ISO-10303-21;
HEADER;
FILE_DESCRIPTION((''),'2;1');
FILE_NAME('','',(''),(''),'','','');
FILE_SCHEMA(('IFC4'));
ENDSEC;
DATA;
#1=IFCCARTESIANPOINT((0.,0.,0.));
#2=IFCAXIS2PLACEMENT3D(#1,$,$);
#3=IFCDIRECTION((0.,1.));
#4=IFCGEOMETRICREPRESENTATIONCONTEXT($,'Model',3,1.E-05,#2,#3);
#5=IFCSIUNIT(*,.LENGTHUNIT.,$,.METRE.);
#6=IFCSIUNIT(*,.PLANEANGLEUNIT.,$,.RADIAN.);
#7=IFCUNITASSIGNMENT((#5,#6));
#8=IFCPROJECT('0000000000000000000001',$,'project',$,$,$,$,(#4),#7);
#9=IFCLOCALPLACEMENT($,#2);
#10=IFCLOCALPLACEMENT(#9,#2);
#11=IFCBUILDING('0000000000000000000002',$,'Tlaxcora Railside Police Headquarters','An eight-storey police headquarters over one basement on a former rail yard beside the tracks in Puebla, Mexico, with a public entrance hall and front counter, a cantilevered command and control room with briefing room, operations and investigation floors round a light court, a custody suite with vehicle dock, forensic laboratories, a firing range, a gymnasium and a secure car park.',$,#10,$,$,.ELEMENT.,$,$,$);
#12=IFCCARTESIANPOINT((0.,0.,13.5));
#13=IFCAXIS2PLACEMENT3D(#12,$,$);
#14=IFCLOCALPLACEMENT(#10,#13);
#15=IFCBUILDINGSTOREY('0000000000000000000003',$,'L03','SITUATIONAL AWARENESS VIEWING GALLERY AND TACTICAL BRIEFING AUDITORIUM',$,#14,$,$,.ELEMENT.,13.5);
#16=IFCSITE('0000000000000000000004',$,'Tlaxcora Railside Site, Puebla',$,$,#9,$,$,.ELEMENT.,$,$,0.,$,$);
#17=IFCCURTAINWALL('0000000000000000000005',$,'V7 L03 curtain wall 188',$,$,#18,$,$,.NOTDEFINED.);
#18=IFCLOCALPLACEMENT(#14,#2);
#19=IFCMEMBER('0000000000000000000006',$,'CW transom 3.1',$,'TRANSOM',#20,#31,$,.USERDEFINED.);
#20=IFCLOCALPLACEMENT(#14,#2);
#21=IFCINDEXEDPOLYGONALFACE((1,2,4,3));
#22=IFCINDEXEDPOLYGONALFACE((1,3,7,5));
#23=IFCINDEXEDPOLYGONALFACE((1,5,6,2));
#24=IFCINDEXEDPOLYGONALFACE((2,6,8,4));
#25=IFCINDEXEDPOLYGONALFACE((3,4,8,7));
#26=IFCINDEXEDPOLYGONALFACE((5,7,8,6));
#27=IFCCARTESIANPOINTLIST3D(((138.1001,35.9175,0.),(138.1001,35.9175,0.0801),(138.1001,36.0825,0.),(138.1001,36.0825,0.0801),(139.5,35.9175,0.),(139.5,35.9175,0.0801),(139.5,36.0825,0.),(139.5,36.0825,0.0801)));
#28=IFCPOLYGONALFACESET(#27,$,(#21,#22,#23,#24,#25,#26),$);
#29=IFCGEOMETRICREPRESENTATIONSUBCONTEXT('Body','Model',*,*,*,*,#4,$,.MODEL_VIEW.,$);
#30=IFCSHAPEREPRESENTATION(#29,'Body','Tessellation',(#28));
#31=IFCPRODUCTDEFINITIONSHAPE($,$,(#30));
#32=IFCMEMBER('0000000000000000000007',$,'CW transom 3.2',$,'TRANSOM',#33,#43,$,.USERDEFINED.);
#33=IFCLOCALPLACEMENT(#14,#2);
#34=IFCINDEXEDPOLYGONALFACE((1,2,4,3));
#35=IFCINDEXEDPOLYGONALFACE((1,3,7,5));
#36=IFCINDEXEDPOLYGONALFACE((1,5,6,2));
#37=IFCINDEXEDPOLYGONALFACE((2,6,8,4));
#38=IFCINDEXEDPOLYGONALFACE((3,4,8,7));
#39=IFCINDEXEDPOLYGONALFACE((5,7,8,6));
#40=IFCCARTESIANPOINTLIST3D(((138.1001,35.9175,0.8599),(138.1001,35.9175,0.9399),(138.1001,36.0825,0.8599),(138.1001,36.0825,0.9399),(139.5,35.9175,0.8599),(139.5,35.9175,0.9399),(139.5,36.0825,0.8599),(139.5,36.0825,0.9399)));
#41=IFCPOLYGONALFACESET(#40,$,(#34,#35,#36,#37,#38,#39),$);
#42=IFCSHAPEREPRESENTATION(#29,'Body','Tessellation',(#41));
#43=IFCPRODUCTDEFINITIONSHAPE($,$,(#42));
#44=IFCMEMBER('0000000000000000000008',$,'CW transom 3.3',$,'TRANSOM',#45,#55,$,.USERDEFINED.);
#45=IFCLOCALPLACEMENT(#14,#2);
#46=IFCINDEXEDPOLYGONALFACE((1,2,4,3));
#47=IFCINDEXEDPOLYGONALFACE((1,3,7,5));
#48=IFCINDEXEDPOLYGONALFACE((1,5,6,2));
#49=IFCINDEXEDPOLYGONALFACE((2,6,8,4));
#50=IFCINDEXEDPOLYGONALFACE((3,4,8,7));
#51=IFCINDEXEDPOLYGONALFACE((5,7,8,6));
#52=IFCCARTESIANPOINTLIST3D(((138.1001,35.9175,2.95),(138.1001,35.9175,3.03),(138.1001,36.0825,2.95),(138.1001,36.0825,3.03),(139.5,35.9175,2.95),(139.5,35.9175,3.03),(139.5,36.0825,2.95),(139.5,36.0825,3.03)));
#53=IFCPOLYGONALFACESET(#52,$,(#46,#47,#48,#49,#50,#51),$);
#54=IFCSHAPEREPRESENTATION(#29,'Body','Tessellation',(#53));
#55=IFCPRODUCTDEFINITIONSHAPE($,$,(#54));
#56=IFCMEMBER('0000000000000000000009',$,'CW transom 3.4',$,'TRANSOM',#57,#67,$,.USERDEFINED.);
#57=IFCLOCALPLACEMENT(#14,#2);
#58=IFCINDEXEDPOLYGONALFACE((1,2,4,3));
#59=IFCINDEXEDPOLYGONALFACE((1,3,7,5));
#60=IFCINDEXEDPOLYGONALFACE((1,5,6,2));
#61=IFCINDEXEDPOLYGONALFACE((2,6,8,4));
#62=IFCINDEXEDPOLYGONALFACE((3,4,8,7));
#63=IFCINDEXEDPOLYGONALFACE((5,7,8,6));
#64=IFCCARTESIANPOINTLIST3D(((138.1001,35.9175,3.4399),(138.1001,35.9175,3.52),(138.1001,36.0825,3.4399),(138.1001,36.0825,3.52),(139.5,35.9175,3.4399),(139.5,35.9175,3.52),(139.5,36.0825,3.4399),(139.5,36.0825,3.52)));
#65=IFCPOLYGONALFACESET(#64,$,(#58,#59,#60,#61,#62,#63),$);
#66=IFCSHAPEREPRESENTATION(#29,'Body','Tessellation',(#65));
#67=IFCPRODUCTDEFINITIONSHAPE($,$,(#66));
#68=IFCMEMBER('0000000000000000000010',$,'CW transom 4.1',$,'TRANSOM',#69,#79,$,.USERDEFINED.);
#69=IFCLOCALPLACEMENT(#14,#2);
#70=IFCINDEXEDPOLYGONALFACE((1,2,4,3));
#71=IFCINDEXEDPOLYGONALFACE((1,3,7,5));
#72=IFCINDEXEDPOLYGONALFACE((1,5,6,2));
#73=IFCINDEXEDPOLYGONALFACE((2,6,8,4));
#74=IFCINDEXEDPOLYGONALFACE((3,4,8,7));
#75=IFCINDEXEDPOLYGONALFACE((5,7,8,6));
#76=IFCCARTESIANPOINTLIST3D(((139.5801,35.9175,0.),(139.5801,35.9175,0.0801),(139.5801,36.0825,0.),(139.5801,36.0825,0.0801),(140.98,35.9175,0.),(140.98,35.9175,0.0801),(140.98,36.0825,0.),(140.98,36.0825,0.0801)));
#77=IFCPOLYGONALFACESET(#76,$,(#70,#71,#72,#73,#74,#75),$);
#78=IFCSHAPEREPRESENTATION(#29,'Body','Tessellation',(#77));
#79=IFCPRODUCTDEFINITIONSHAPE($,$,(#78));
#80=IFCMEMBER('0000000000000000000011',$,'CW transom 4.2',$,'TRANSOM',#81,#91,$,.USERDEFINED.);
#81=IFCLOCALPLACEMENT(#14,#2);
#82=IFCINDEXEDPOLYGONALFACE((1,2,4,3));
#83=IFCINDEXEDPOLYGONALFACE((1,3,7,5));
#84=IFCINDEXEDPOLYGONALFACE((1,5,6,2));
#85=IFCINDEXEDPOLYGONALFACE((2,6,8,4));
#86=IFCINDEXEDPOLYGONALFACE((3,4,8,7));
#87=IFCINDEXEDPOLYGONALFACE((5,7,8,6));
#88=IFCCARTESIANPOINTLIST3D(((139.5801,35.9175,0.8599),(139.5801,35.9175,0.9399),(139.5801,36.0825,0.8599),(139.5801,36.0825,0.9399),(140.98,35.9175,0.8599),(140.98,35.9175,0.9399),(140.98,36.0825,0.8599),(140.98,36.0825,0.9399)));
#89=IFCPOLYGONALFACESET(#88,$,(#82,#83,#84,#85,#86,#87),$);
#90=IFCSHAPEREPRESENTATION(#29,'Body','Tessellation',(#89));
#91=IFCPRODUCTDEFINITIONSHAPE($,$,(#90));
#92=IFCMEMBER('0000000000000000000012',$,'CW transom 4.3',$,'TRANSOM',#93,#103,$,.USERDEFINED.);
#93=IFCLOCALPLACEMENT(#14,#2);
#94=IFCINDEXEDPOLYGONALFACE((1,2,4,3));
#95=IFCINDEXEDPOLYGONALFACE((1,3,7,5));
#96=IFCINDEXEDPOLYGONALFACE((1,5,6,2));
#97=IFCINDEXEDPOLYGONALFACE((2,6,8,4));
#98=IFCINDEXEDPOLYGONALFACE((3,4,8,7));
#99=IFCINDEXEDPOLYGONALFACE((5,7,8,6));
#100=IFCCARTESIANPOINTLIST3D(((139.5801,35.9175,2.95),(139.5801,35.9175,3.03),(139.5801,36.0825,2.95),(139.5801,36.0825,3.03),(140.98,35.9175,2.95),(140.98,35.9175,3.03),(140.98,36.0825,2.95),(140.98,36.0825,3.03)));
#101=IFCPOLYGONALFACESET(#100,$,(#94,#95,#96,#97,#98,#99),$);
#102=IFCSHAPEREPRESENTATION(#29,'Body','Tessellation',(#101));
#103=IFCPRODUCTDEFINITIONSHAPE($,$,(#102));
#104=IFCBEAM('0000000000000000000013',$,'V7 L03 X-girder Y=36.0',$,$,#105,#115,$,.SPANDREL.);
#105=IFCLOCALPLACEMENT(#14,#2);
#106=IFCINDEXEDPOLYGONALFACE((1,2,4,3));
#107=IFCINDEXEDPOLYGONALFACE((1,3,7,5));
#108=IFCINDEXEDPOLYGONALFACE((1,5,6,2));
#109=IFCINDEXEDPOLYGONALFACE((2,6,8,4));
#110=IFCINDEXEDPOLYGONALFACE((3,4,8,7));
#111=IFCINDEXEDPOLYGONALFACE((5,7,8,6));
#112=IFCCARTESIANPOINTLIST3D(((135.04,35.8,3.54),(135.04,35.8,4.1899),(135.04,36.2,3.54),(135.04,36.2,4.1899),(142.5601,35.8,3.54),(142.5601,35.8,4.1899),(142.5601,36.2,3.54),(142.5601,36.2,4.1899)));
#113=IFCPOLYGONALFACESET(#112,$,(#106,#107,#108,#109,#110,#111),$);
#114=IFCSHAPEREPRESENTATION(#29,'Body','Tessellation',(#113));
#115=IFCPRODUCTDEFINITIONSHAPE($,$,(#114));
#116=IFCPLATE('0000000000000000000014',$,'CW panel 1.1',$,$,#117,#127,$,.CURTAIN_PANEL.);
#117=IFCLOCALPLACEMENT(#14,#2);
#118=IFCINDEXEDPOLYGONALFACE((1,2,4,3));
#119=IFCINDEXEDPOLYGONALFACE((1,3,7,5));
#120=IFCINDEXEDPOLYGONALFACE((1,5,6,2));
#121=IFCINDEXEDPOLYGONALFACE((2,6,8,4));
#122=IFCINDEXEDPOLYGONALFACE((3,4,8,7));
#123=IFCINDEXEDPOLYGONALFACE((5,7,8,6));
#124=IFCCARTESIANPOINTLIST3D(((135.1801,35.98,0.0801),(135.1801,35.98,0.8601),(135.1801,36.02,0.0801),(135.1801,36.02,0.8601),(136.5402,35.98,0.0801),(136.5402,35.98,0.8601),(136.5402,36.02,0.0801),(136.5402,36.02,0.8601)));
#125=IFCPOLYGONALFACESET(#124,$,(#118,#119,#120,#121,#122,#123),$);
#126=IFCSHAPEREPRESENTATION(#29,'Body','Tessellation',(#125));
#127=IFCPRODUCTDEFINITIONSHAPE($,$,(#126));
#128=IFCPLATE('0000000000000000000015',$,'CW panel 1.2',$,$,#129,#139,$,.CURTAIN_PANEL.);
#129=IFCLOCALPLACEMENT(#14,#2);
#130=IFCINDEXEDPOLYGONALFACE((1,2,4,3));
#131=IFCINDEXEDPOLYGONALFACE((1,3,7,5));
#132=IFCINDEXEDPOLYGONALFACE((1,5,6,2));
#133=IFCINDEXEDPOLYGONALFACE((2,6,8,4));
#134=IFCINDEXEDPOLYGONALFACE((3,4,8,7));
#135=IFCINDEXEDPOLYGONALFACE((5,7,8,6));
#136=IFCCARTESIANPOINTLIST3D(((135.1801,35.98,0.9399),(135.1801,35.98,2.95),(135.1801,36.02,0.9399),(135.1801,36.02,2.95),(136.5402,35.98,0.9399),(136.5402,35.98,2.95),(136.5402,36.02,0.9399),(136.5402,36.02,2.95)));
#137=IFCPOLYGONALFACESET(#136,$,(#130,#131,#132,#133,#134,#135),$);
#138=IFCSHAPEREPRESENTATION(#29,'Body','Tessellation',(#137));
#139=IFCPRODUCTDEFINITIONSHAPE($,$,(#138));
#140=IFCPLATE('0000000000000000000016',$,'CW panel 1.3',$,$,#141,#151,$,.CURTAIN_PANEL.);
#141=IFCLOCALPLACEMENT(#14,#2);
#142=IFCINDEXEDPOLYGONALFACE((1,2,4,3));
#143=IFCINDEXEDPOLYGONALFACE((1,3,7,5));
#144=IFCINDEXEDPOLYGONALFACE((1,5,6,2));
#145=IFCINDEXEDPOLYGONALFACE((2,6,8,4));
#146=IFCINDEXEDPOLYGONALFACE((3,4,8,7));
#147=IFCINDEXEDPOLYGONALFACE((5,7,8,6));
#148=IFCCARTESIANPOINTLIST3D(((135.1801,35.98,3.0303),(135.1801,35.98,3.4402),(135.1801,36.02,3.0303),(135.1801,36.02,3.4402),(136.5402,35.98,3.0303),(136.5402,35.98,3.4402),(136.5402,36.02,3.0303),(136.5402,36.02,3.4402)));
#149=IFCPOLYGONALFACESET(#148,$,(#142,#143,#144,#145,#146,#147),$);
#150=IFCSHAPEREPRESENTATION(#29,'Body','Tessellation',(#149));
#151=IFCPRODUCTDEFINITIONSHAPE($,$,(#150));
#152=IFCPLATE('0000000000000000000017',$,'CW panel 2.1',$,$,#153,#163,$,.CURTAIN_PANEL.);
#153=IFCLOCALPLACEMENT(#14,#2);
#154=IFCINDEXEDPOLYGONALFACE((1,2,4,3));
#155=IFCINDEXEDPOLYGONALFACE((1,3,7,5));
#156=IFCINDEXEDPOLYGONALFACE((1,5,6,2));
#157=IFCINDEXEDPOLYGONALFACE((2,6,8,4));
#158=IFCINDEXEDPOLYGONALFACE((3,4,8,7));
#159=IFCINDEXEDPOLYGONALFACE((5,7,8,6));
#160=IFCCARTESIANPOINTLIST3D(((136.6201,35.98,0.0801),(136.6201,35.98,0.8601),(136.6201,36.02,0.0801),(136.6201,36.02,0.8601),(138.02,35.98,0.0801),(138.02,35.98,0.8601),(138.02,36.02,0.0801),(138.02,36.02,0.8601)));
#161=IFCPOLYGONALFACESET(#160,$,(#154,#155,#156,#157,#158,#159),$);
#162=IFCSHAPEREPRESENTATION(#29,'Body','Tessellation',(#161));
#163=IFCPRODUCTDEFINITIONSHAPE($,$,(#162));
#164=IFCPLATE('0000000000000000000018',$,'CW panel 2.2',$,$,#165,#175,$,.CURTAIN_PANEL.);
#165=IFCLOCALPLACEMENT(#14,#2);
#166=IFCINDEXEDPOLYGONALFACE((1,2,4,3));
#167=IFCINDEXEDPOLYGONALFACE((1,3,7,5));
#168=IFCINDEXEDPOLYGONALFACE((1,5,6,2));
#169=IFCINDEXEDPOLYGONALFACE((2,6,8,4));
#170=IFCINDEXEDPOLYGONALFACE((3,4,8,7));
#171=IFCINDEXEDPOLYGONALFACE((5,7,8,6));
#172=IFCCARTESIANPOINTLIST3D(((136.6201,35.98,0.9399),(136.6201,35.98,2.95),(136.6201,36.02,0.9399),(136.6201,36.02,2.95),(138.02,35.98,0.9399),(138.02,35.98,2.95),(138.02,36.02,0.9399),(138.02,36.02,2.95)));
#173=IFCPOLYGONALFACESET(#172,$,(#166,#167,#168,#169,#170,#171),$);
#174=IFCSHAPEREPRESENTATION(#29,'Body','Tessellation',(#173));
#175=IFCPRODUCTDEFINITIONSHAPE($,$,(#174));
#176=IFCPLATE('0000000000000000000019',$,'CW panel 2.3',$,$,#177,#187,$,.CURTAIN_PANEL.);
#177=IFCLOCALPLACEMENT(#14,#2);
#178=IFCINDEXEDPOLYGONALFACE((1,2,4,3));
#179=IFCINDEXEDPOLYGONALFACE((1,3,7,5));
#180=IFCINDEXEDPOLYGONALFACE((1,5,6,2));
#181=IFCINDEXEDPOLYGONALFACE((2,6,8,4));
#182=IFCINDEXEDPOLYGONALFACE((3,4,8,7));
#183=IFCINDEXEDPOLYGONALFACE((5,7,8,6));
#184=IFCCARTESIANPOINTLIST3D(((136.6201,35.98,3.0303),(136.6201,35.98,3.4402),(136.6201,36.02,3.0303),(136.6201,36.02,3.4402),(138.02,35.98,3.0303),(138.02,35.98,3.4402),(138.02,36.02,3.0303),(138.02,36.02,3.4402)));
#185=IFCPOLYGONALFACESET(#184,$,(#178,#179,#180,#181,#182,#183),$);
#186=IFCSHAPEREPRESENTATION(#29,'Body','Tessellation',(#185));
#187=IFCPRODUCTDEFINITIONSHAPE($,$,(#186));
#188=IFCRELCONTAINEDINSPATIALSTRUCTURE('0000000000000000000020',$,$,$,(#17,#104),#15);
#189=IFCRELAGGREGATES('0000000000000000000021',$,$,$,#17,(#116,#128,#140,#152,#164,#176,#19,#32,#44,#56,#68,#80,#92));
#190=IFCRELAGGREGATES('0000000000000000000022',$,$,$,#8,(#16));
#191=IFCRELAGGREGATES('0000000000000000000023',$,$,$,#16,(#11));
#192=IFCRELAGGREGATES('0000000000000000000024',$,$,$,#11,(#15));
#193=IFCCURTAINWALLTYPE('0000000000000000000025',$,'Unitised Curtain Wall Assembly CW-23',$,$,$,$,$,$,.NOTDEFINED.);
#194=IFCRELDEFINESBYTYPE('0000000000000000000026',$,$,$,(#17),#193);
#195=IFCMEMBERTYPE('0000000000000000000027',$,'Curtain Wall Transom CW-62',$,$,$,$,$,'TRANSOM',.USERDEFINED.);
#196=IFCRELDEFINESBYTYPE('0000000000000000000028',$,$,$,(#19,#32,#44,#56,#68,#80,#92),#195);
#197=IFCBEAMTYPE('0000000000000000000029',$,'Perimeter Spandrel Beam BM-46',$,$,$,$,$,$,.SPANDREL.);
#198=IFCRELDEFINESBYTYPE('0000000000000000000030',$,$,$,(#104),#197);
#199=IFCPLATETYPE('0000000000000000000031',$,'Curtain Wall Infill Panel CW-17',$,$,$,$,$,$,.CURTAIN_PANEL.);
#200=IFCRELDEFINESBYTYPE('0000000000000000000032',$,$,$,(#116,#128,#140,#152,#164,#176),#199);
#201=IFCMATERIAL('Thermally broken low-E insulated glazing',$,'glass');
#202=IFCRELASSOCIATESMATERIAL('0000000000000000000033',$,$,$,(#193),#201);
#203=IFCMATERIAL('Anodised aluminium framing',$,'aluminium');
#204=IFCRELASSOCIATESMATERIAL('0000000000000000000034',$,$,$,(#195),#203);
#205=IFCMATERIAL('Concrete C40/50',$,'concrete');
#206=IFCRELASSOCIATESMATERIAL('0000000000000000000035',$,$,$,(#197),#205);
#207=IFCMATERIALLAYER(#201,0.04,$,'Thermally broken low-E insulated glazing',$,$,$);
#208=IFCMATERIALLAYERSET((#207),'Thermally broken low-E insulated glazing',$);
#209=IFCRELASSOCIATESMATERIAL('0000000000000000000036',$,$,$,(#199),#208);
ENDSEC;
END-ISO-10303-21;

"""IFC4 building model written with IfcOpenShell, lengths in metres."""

from ifc_helpers import new_model, si_unit, direction, frame, origin, origin_2d, place, context, subcontext, project, spatial, rectangle, extrude, material, layer, layer_set, material_profile, profile_set, type_object, element, aggregate, save


model = new_model("IFC4")

# Units and contexts
model_context = context("Model", 3, precision=1e-05, world=origin(), true_north=direction((0.0, 1.0)))
body_context = subcontext(model_context, "Body", "Model", "MODEL_VIEW")
ifc_project = project(units=[si_unit("LENGTHUNIT", "METRE"), si_unit("PLANEANGLEUNIT", "RADIAN")], contexts=[model_context])

# Site, building, storey
site_placement = place(None, origin())
site = spatial("IfcSite", under=ifc_project, at=site_placement, Name="Tlaxcora Railside Site, Puebla", CompositionType="ELEMENT", RefElevation=0.0)
building_placement = place(site_placement, origin())
building = spatial("IfcBuilding", under=site, at=building_placement, Name="Tlaxcora Railside Police Headquarters", Description="An eight-storey police headquarters over one basement on a former rail yard beside the tracks in Puebla, Mexico, with a public entrance hall and front counter, a cantilevered command and control room with briefing room, operations and investigation floors round a light court, a custody suite with vehicle dock, forensic laboratories, a firing range, a gymnasium and a secure car park.", CompositionType="ELEMENT")
storey_placement = place(building_placement, frame((0.0, 0.0, 13.5)))
storey = spatial("IfcBuildingStorey", under=building, at=storey_placement, Name="L03", Description="SITUATIONAL AWARENESS VIEWING GALLERY AND TACTICAL BRIEFING AUDITORIUM", CompositionType="ELEMENT", Elevation=13.5)

# Shared definitions
ifc_material_1 = material(Name="Concrete C40/50", Category="concrete")

# Curtain wall
ifc_material_2 = material(Name="Thermally broken low-E insulated glazing", Category="glass")
curtain_wall_type_1 = type_object("IfcCurtainWallType", Name="Unitised Curtain Wall Assembly CW-23", PredefinedType="NOTDEFINED", material=ifc_material_2)
curtain_wall_1_placement = place(storey_placement, origin())
curtain_wall_1 = element("IfcCurtainWall", 1, at=curtain_wall_1_placement, inside=storey, type_object=curtain_wall_type_1, Name="V7 L03 curtain wall 188", PredefinedType="NOTDEFINED")
ifc_material_3 = material(Name="Anodised aluminium framing", Category="aluminium")

# Members
ifc_material_profile_1 = material_profile(ifc_material_3, rectangle(XDim=0.165, YDim=0.0801, at=origin_2d()), Name="AL80X165")
ifc_profile_set_1 = profile_set([ifc_material_profile_1], Name="Anodised aluminium framing")
member_type_1 = type_object("IfcMemberType", Name="Curtain Wall Transom CW-62", ElementType="TRANSOM", PredefinedType="USERDEFINED", material=ifc_profile_set_1)
member_1_placement = place(storey_placement, frame((138.1001, 36.0, 0.04), z_axis=(1.0, 0.0, 0.0), x_axis=(0.0, 1.0, 0.0)))
member_1 = element("IfcMember", 2, at=member_1_placement, type_object=member_type_1, Name="CW transom 3.1", ObjectType="TRANSOM", PredefinedType="USERDEFINED", context=body_context, shape_type="SweptSolid", body=[
    extrude(rectangle(XDim=0.165, YDim=0.0801, at=origin_2d()), origin(), (0.0, 0.0, 1.0), 1.3999),
])
member_2_placement = place(storey_placement, frame((138.1001, 36.0, 0.8999), z_axis=(1.0, 0.0, 0.0), x_axis=(0.0, 1.0, 0.0)))
member_2 = element("IfcMember", 3, at=member_2_placement, type_object=member_type_1, Name="CW transom 3.2", ObjectType="TRANSOM", PredefinedType="USERDEFINED", context=body_context, shape_type="SweptSolid", body=[
    extrude(rectangle(XDim=0.165, YDim=0.0801, at=origin_2d()), origin(), (0.0, 0.0, 1.0), 1.3999),
])
member_3_placement = place(storey_placement, frame((138.1001, 36.0, 2.99), z_axis=(1.0, 0.0, 0.0), x_axis=(0.0, 1.0, 0.0)))
member_3 = element("IfcMember", 4, at=member_3_placement, type_object=member_type_1, Name="CW transom 3.3", ObjectType="TRANSOM", PredefinedType="USERDEFINED", context=body_context, shape_type="SweptSolid", body=[
    extrude(rectangle(XDim=0.165, YDim=0.0801, at=origin_2d()), origin(), (0.0, 0.0, 1.0), 1.3999),
])
member_4_placement = place(storey_placement, frame((138.1001, 36.0, 3.48), z_axis=(1.0, 0.0, 0.0), x_axis=(0.0, 1.0, 0.0)))
member_4 = element("IfcMember", 5, at=member_4_placement, type_object=member_type_1, Name="CW transom 3.4", ObjectType="TRANSOM", PredefinedType="USERDEFINED", context=body_context, shape_type="SweptSolid", body=[
    extrude(rectangle(XDim=0.165, YDim=0.0801, at=origin_2d()), origin(), (0.0, 0.0, 1.0), 1.3999),
])
member_5_placement = place(storey_placement, frame((139.5801, 36.0, 0.04), z_axis=(1.0, 0.0, 0.0), x_axis=(0.0, 1.0, 0.0)))
member_5 = element("IfcMember", 6, at=member_5_placement, type_object=member_type_1, Name="CW transom 4.1", ObjectType="TRANSOM", PredefinedType="USERDEFINED", context=body_context, shape_type="SweptSolid", body=[
    extrude(rectangle(XDim=0.165, YDim=0.0801, at=origin_2d()), origin(), (0.0, 0.0, 1.0), 1.3999),
])
member_6_placement = place(storey_placement, frame((139.5801, 36.0, 0.8999), z_axis=(1.0, 0.0, 0.0), x_axis=(0.0, 1.0, 0.0)))
member_6 = element("IfcMember", 7, at=member_6_placement, type_object=member_type_1, Name="CW transom 4.2", ObjectType="TRANSOM", PredefinedType="USERDEFINED", context=body_context, shape_type="SweptSolid", body=[
    extrude(rectangle(XDim=0.165, YDim=0.0801, at=origin_2d()), origin(), (0.0, 0.0, 1.0), 1.3999),
])
member_7_placement = place(storey_placement, frame((139.5801, 36.0, 2.99), z_axis=(1.0, 0.0, 0.0), x_axis=(0.0, 1.0, 0.0)))
member_7 = element("IfcMember", 8, at=member_7_placement, type_object=member_type_1, Name="CW transom 4.3", ObjectType="TRANSOM", PredefinedType="USERDEFINED", context=body_context, shape_type="SweptSolid", body=[
    extrude(rectangle(XDim=0.165, YDim=0.0801, at=origin_2d()), origin(), (0.0, 0.0, 1.0), 1.3999),
])

# Beam
ifc_material_profile_2 = material_profile(ifc_material_1, rectangle(XDim=0.3999, YDim=0.6499, at=origin_2d()), Name="RC400X650")
ifc_profile_set_2 = profile_set([ifc_material_profile_2], Name="Concrete C40/50")
beam_type = type_object("IfcBeamType", Name="Perimeter Spandrel Beam BM-46", PredefinedType="SPANDREL", material=ifc_profile_set_2)
beam_placement = place(storey_placement, frame((135.04, 36.0, 3.865), z_axis=(1.0, 0.0, 0.0), x_axis=(0.0, 1.0, 0.0)))
element("IfcBeam", 9, at=beam_placement, inside=storey, type_object=beam_type, Name="V7 L03 X-girder Y=36.0", PredefinedType="SPANDREL", context=body_context, shape_type="SweptSolid", body=[
    extrude(rectangle(XDim=0.3999, YDim=0.6499, at=origin_2d()), origin(), (0.0, 0.0, 1.0), 7.52),
])

# Plates
ifc_layer_1 = layer(ifc_material_2, 0.04, Name="Thermally broken low-E insulated glazing")
ifc_layer_set_1 = layer_set([ifc_layer_1], Name="Thermally broken low-E insulated glazing")
plate_type_1 = type_object("IfcPlateType", Name="Curtain Wall Infill Panel CW-17", PredefinedType="CURTAIN_PANEL", material=ifc_layer_set_1)
plate_1_placement = place(storey_placement, frame((135.8601, 36.0, 0.0801), z_axis=(0.0, 0.0, 1.0), x_axis=(1.0, 0.0, 0.0)))
plate_1 = element("IfcPlate", 10, at=plate_1_placement, type_object=plate_type_1, Name="CW panel 1.1", PredefinedType="CURTAIN_PANEL", context=body_context, shape_type="SweptSolid", body=[
    extrude(rectangle(XDim=1.3601, YDim=0.04, at=origin_2d()), origin(), (0.0, 0.0, 1.0), 0.78),
])
plate_2_placement = place(storey_placement, frame((135.8601, 36.0, 0.9399), z_axis=(0.0, 0.0, 1.0), x_axis=(1.0, 0.0, 0.0)))
plate_2 = element("IfcPlate", 11, at=plate_2_placement, type_object=plate_type_1, Name="CW panel 1.2", PredefinedType="CURTAIN_PANEL", context=body_context, shape_type="SweptSolid", body=[
    extrude(rectangle(XDim=1.3601, YDim=0.04, at=origin_2d()), origin(), (0.0, 0.0, 1.0), 2.01),
])
plate_3_placement = place(storey_placement, frame((135.8601, 36.0, 3.0303), z_axis=(0.0, 0.0, 1.0), x_axis=(1.0, 0.0, 0.0)))
plate_3 = element("IfcPlate", 12, at=plate_3_placement, type_object=plate_type_1, Name="CW panel 1.3", PredefinedType="CURTAIN_PANEL", context=body_context, shape_type="SweptSolid", body=[
    extrude(rectangle(XDim=1.3601, YDim=0.04, at=origin_2d()), origin(), (0.0, 0.0, 1.0), 0.4099),
])
plate_4_placement = place(storey_placement, frame((137.3201, 36.0, 0.0801), z_axis=(0.0, 0.0, 1.0), x_axis=(1.0, 0.0, 0.0)))
plate_4 = element("IfcPlate", 13, at=plate_4_placement, type_object=plate_type_1, Name="CW panel 2.1", PredefinedType="CURTAIN_PANEL", context=body_context, shape_type="SweptSolid", body=[
    extrude(rectangle(XDim=1.3999, YDim=0.04, at=origin_2d()), origin(), (0.0, 0.0, 1.0), 0.78),
])
plate_5_placement = place(storey_placement, frame((137.3201, 36.0, 0.9399), z_axis=(0.0, 0.0, 1.0), x_axis=(1.0, 0.0, 0.0)))
plate_5 = element("IfcPlate", 14, at=plate_5_placement, type_object=plate_type_1, Name="CW panel 2.2", PredefinedType="CURTAIN_PANEL", context=body_context, shape_type="SweptSolid", body=[
    extrude(rectangle(XDim=1.3999, YDim=0.04, at=origin_2d()), origin(), (0.0, 0.0, 1.0), 2.01),
])
plate_6_placement = place(storey_placement, frame((137.3201, 36.0, 3.0303), z_axis=(0.0, 0.0, 1.0), x_axis=(1.0, 0.0, 0.0)))
plate_6 = element("IfcPlate", 15, at=plate_6_placement, type_object=plate_type_1, Name="CW panel 2.3", PredefinedType="CURTAIN_PANEL", context=body_context, shape_type="SweptSolid", body=[
    extrude(rectangle(XDim=1.3999, YDim=0.04, at=origin_2d()), origin(), (0.0, 0.0, 1.0), 0.4099),
])
aggregate(curtain_wall_1, [plate_1, plate_2, plate_3, plate_4, plate_5, plate_6, member_1, member_2, member_3, member_4, member_5, member_6, member_7])

save(model, "model.ifc")
